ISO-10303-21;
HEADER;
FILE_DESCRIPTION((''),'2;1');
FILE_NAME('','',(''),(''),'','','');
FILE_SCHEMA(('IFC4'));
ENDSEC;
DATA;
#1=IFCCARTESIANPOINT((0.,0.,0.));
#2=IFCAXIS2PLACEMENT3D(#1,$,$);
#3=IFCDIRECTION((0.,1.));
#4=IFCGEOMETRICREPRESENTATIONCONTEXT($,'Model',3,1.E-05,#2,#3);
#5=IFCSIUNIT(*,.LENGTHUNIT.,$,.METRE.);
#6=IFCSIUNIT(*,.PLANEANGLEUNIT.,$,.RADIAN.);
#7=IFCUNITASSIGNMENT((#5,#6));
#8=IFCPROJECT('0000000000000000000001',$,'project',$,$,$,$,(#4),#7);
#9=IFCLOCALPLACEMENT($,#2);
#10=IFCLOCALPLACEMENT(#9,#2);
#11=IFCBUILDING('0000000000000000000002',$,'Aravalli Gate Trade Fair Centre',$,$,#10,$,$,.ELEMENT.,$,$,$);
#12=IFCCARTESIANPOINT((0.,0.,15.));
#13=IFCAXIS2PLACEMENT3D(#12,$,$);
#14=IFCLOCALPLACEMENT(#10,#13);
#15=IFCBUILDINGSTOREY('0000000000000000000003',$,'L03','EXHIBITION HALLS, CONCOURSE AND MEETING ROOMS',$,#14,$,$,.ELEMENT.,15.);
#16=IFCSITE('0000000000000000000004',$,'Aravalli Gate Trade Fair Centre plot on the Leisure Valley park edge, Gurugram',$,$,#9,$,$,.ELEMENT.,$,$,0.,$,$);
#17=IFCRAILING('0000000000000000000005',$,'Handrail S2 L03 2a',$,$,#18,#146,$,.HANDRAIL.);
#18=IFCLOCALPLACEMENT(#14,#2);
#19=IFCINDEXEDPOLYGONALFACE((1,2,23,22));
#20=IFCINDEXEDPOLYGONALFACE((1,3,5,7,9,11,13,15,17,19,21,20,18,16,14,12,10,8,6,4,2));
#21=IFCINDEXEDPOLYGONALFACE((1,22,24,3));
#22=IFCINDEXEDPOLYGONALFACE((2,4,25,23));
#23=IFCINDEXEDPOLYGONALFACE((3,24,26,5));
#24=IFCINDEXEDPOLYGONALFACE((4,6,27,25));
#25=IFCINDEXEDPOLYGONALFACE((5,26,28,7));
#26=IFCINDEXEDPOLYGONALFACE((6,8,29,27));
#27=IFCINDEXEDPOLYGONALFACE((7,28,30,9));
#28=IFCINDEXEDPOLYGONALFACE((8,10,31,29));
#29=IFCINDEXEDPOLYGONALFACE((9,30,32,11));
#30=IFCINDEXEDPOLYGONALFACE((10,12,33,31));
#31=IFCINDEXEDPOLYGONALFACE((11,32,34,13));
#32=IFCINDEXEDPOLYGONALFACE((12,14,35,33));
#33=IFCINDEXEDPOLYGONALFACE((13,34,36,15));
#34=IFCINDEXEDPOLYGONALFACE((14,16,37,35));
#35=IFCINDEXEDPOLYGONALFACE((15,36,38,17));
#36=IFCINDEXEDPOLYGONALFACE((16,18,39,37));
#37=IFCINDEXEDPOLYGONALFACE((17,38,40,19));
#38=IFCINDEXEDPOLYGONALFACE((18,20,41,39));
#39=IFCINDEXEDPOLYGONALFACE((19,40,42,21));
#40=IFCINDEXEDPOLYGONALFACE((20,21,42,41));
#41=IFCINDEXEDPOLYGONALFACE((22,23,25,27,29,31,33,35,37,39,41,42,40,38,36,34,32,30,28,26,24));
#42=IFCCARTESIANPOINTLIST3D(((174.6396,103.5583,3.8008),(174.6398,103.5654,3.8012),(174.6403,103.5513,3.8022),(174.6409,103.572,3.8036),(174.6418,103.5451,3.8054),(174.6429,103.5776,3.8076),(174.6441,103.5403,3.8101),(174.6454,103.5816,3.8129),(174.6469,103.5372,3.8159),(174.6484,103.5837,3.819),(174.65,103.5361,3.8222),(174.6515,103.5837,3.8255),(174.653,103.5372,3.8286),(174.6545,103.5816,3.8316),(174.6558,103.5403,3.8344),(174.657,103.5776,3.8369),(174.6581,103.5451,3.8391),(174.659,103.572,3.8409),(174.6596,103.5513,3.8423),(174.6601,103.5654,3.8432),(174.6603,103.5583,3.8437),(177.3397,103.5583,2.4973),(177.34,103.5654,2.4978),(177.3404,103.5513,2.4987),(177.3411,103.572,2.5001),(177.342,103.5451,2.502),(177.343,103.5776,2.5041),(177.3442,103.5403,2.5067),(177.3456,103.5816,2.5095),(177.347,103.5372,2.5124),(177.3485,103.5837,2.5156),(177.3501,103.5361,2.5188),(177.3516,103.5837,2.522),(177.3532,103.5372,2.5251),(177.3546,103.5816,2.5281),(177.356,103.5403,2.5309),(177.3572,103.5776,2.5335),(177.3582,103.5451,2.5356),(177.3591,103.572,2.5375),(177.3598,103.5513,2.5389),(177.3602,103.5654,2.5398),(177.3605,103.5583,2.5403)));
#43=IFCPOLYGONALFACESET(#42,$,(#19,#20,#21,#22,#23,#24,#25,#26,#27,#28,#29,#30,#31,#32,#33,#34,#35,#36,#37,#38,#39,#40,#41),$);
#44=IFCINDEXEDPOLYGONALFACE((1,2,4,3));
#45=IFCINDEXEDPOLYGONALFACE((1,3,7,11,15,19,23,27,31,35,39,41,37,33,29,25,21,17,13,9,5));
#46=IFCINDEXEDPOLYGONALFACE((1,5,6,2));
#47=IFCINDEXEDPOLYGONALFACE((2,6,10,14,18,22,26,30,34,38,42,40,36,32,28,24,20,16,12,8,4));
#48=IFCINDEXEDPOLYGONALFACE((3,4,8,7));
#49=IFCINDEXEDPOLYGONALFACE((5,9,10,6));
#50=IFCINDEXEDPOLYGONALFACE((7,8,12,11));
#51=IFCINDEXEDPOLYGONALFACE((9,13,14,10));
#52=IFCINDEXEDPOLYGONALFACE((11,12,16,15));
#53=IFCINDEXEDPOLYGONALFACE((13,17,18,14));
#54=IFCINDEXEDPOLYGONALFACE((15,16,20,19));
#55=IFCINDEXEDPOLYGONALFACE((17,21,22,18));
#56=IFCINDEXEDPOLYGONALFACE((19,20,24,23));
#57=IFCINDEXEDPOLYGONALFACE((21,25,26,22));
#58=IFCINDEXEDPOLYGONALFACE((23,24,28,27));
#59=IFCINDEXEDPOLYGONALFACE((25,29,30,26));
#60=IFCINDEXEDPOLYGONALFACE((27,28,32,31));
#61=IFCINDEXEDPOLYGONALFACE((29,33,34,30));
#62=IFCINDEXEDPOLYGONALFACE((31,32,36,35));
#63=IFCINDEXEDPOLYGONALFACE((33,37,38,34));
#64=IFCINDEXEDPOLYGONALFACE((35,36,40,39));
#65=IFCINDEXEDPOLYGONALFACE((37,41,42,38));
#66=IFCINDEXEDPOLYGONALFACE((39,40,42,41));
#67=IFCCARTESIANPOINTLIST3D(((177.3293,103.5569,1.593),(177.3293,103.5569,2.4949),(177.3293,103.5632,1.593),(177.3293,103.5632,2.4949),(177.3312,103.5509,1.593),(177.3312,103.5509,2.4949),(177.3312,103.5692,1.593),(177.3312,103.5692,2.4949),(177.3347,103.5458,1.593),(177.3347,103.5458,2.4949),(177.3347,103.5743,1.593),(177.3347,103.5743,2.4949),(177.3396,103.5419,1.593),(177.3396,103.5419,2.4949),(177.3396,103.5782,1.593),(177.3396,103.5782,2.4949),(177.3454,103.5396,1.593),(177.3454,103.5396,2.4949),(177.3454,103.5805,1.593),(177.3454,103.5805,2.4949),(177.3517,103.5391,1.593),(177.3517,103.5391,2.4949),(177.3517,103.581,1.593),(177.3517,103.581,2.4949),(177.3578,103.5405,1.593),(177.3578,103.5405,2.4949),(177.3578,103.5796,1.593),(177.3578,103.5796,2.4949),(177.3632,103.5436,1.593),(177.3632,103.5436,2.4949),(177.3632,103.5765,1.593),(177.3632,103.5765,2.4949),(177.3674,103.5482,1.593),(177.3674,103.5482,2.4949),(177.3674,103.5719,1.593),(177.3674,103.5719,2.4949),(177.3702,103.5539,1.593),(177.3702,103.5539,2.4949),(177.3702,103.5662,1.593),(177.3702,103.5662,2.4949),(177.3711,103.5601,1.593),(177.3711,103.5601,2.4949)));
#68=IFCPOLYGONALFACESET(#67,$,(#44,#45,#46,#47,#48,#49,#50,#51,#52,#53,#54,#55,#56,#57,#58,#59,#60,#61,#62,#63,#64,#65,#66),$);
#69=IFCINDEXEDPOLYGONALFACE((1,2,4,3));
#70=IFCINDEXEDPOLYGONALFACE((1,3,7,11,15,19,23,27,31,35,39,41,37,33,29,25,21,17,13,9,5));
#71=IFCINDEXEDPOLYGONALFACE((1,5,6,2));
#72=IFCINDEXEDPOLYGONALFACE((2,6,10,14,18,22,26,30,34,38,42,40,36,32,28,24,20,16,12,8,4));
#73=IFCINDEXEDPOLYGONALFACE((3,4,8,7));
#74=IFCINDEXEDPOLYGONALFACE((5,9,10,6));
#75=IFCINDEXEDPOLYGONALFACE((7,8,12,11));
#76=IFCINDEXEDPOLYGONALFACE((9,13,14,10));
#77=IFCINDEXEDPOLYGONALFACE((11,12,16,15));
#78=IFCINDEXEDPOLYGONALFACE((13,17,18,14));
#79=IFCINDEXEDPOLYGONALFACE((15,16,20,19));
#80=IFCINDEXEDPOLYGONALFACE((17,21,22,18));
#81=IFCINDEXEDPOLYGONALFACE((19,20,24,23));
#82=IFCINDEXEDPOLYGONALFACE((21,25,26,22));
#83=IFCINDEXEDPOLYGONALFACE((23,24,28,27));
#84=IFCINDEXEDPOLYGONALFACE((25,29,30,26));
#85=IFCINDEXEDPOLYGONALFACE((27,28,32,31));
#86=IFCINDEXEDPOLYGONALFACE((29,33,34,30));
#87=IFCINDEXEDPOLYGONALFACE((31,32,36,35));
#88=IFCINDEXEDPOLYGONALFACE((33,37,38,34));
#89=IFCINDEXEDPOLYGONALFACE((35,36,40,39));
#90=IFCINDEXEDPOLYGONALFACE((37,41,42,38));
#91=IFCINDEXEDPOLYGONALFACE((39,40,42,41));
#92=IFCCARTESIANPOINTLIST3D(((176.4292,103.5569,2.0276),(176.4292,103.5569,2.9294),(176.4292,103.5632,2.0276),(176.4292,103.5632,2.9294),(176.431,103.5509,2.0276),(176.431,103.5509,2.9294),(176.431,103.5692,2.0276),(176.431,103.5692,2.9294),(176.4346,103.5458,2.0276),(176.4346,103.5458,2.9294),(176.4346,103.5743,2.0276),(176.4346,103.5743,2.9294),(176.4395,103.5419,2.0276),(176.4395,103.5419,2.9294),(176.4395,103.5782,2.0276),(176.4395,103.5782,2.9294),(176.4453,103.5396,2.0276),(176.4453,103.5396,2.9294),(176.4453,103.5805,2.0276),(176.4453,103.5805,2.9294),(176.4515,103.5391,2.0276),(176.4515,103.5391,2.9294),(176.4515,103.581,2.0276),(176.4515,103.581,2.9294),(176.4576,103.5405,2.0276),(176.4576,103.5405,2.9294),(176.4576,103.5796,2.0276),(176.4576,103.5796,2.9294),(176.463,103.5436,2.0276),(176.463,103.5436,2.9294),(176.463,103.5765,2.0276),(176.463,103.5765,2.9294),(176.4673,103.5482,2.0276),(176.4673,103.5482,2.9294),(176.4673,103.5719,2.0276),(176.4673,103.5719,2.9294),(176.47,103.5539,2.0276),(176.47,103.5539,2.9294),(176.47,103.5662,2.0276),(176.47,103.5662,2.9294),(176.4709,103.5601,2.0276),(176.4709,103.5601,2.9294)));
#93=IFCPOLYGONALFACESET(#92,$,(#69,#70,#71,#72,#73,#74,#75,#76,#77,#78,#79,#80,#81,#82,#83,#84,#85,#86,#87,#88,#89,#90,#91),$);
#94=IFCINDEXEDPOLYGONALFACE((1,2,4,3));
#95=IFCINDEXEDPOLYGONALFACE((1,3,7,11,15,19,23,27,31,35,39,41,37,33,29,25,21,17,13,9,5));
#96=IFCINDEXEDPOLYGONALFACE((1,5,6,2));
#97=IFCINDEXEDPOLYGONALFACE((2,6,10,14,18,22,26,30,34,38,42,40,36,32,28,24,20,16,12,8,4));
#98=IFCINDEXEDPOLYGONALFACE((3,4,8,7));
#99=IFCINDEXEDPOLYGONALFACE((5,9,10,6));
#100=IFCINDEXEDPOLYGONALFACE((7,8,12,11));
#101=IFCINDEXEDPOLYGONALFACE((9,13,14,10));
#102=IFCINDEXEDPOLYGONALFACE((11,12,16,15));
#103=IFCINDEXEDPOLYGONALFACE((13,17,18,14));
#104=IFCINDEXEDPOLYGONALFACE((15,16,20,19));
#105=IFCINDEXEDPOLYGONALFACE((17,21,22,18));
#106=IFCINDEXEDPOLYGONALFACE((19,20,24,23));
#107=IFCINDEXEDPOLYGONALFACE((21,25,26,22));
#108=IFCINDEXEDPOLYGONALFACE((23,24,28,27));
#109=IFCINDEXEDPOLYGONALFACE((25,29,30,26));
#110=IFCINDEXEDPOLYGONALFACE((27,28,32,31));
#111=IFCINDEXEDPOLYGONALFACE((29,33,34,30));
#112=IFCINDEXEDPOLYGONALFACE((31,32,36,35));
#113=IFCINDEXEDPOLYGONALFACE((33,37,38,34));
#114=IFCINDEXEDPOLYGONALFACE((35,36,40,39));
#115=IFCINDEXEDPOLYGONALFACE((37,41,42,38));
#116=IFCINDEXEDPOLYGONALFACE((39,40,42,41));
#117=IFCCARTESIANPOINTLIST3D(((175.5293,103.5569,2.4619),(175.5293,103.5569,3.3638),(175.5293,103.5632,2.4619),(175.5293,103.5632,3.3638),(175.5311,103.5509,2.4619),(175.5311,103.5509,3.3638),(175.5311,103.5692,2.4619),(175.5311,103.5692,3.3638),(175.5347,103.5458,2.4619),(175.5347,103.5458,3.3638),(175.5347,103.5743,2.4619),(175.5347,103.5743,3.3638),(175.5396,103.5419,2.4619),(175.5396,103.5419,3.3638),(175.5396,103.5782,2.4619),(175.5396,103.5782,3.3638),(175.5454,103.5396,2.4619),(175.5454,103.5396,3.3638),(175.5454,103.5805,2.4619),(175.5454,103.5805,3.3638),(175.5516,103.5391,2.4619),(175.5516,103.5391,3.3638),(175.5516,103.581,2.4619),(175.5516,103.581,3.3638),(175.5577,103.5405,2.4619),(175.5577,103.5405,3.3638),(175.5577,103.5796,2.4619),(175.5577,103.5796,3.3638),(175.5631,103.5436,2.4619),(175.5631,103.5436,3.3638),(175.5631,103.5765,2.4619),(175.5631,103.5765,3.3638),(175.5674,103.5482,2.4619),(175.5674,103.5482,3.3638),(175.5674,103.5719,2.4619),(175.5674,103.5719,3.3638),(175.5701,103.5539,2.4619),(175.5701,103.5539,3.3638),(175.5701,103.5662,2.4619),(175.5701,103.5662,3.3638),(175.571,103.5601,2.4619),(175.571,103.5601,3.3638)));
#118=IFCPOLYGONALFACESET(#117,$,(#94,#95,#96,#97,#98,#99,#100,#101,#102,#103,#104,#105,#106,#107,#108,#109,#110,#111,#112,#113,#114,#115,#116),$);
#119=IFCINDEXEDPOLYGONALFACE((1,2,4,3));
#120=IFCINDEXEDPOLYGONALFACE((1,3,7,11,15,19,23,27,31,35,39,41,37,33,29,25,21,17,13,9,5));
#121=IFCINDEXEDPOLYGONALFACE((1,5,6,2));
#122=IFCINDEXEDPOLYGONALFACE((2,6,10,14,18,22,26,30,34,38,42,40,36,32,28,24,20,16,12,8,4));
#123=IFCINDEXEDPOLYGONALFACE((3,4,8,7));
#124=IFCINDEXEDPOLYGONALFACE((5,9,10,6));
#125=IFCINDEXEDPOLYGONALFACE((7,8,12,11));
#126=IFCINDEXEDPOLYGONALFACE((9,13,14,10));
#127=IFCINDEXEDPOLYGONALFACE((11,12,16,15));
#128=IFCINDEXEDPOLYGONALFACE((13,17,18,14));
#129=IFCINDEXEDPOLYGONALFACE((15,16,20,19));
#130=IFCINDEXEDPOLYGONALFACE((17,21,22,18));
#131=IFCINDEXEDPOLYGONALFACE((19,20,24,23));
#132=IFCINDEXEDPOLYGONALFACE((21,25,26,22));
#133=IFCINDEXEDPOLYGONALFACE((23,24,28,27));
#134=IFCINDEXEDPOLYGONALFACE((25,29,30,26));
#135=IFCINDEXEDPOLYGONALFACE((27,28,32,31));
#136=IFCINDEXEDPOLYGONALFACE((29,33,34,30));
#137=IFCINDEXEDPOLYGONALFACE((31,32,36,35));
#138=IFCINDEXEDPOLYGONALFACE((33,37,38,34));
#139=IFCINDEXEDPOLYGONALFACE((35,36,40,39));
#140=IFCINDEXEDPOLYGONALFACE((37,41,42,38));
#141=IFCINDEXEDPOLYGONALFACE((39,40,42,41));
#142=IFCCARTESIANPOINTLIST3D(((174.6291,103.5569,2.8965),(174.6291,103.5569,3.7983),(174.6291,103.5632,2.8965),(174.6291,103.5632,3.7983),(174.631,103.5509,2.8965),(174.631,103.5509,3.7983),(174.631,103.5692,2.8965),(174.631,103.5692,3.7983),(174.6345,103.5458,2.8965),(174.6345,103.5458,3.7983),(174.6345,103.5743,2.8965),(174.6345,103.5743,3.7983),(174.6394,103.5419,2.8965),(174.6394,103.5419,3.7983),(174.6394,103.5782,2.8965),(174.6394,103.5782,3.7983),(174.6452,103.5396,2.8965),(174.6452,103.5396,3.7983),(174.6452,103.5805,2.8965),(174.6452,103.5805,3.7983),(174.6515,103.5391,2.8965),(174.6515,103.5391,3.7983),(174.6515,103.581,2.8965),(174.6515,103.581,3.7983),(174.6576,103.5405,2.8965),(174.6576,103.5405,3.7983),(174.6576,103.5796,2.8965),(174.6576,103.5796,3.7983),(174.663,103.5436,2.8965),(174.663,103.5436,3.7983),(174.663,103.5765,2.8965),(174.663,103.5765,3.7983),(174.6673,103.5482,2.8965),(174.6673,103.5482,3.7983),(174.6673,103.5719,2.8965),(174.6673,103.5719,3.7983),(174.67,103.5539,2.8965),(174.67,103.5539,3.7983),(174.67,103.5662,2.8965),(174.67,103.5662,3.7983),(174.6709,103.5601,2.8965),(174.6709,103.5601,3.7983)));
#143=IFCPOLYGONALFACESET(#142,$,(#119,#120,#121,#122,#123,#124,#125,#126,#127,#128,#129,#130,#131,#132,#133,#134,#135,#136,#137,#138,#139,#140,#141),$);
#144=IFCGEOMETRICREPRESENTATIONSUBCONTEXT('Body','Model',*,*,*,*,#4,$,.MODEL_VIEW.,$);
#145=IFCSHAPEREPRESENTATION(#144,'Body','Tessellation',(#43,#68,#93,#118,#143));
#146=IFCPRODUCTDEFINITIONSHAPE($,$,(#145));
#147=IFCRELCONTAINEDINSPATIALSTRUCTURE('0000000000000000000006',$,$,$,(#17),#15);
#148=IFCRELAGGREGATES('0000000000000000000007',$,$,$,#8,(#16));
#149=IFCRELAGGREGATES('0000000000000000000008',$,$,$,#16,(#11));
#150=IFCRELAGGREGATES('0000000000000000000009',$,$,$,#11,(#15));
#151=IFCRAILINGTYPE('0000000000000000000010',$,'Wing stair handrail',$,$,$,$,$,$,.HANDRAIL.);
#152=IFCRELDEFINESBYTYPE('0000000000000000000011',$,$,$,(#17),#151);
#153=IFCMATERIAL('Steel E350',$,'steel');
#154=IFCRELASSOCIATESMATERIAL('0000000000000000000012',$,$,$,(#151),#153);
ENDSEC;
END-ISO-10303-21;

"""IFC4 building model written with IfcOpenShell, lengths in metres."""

from ifc_helpers import new_model, si_unit, direction, frame, origin, origin_2d, place, context, subcontext, project, spatial, circle, extrude, material, type_object, element, save


model = new_model("IFC4")

# Units and contexts
model_context = context("Model", 3, precision=1e-05, world=origin(), true_north=direction((0.0, 1.0)))
body_context = subcontext(model_context, "Body", "Model", "MODEL_VIEW")
ifc_project = project(units=[si_unit("LENGTHUNIT", "METRE"), si_unit("PLANEANGLEUNIT", "RADIAN")], contexts=[model_context])

# Site, building, storey
site_placement = place(None, origin())
site = spatial("IfcSite", under=ifc_project, at=site_placement, Name="Aravalli Gate Trade Fair Centre plot on the Leisure Valley park edge, Gurugram", CompositionType="ELEMENT", RefElevation=0.0)
building_placement = place(site_placement, origin())
building = spatial("IfcBuilding", under=site, at=building_placement, Name="Aravalli Gate Trade Fair Centre", CompositionType="ELEMENT")
storey_placement = place(building_placement, frame((0.0, 0.0, 15.0)))
storey = spatial("IfcBuildingStorey", under=building, at=storey_placement, Name="L03", Description="EXHIBITION HALLS, CONCOURSE AND MEETING ROOMS", CompositionType="ELEMENT", Elevation=15.0)

# Shared definitions
ifc_material_1 = material(Name="Steel E350", Category="steel")

# Railing
railing_type = type_object("IfcRailingType", Name="Wing stair handrail", PredefinedType="HANDRAIL", material=ifc_material_1)
railing_1_placement = place(storey_placement, frame((177.3501, 103.5601, 1.593)))
element("IfcRailing", 1, at=railing_1_placement, inside=storey, type_object=railing_type, Name="Handrail S2 L03 2a", PredefinedType="HANDRAIL", context=body_context, shape_type="SweptSolid", body=[
    extrude(circle(Radius=0.0239, at=origin_2d()), frame((0.0, 0.0, 0.9258), z_axis=(-0.900562, 0.0, 0.434729), x_axis=(0.0, -1.0, 0.0)), (0.0, 0.0, 1.0), 2.9983),
    extrude(circle(Radius=0.021, at=origin_2d()), origin(), (0.0, 0.0, 1.0), 0.9019),
    extrude(circle(Radius=0.021, at=origin_2d()), frame((-0.9001, 0.0, 0.4346)), (0.0, 0.0, 1.0), 0.9019),
    extrude(circle(Radius=0.021, at=origin_2d()), frame((-1.8, 0.0, 0.8689)), (0.0, 0.0, 1.0), 0.9019),
    extrude(circle(Radius=0.021, at=origin_2d()), frame((-2.7002, 0.0, 1.3035)), (0.0, 0.0, 1.0), 0.9019),
])

save(model, "model.ifc")
